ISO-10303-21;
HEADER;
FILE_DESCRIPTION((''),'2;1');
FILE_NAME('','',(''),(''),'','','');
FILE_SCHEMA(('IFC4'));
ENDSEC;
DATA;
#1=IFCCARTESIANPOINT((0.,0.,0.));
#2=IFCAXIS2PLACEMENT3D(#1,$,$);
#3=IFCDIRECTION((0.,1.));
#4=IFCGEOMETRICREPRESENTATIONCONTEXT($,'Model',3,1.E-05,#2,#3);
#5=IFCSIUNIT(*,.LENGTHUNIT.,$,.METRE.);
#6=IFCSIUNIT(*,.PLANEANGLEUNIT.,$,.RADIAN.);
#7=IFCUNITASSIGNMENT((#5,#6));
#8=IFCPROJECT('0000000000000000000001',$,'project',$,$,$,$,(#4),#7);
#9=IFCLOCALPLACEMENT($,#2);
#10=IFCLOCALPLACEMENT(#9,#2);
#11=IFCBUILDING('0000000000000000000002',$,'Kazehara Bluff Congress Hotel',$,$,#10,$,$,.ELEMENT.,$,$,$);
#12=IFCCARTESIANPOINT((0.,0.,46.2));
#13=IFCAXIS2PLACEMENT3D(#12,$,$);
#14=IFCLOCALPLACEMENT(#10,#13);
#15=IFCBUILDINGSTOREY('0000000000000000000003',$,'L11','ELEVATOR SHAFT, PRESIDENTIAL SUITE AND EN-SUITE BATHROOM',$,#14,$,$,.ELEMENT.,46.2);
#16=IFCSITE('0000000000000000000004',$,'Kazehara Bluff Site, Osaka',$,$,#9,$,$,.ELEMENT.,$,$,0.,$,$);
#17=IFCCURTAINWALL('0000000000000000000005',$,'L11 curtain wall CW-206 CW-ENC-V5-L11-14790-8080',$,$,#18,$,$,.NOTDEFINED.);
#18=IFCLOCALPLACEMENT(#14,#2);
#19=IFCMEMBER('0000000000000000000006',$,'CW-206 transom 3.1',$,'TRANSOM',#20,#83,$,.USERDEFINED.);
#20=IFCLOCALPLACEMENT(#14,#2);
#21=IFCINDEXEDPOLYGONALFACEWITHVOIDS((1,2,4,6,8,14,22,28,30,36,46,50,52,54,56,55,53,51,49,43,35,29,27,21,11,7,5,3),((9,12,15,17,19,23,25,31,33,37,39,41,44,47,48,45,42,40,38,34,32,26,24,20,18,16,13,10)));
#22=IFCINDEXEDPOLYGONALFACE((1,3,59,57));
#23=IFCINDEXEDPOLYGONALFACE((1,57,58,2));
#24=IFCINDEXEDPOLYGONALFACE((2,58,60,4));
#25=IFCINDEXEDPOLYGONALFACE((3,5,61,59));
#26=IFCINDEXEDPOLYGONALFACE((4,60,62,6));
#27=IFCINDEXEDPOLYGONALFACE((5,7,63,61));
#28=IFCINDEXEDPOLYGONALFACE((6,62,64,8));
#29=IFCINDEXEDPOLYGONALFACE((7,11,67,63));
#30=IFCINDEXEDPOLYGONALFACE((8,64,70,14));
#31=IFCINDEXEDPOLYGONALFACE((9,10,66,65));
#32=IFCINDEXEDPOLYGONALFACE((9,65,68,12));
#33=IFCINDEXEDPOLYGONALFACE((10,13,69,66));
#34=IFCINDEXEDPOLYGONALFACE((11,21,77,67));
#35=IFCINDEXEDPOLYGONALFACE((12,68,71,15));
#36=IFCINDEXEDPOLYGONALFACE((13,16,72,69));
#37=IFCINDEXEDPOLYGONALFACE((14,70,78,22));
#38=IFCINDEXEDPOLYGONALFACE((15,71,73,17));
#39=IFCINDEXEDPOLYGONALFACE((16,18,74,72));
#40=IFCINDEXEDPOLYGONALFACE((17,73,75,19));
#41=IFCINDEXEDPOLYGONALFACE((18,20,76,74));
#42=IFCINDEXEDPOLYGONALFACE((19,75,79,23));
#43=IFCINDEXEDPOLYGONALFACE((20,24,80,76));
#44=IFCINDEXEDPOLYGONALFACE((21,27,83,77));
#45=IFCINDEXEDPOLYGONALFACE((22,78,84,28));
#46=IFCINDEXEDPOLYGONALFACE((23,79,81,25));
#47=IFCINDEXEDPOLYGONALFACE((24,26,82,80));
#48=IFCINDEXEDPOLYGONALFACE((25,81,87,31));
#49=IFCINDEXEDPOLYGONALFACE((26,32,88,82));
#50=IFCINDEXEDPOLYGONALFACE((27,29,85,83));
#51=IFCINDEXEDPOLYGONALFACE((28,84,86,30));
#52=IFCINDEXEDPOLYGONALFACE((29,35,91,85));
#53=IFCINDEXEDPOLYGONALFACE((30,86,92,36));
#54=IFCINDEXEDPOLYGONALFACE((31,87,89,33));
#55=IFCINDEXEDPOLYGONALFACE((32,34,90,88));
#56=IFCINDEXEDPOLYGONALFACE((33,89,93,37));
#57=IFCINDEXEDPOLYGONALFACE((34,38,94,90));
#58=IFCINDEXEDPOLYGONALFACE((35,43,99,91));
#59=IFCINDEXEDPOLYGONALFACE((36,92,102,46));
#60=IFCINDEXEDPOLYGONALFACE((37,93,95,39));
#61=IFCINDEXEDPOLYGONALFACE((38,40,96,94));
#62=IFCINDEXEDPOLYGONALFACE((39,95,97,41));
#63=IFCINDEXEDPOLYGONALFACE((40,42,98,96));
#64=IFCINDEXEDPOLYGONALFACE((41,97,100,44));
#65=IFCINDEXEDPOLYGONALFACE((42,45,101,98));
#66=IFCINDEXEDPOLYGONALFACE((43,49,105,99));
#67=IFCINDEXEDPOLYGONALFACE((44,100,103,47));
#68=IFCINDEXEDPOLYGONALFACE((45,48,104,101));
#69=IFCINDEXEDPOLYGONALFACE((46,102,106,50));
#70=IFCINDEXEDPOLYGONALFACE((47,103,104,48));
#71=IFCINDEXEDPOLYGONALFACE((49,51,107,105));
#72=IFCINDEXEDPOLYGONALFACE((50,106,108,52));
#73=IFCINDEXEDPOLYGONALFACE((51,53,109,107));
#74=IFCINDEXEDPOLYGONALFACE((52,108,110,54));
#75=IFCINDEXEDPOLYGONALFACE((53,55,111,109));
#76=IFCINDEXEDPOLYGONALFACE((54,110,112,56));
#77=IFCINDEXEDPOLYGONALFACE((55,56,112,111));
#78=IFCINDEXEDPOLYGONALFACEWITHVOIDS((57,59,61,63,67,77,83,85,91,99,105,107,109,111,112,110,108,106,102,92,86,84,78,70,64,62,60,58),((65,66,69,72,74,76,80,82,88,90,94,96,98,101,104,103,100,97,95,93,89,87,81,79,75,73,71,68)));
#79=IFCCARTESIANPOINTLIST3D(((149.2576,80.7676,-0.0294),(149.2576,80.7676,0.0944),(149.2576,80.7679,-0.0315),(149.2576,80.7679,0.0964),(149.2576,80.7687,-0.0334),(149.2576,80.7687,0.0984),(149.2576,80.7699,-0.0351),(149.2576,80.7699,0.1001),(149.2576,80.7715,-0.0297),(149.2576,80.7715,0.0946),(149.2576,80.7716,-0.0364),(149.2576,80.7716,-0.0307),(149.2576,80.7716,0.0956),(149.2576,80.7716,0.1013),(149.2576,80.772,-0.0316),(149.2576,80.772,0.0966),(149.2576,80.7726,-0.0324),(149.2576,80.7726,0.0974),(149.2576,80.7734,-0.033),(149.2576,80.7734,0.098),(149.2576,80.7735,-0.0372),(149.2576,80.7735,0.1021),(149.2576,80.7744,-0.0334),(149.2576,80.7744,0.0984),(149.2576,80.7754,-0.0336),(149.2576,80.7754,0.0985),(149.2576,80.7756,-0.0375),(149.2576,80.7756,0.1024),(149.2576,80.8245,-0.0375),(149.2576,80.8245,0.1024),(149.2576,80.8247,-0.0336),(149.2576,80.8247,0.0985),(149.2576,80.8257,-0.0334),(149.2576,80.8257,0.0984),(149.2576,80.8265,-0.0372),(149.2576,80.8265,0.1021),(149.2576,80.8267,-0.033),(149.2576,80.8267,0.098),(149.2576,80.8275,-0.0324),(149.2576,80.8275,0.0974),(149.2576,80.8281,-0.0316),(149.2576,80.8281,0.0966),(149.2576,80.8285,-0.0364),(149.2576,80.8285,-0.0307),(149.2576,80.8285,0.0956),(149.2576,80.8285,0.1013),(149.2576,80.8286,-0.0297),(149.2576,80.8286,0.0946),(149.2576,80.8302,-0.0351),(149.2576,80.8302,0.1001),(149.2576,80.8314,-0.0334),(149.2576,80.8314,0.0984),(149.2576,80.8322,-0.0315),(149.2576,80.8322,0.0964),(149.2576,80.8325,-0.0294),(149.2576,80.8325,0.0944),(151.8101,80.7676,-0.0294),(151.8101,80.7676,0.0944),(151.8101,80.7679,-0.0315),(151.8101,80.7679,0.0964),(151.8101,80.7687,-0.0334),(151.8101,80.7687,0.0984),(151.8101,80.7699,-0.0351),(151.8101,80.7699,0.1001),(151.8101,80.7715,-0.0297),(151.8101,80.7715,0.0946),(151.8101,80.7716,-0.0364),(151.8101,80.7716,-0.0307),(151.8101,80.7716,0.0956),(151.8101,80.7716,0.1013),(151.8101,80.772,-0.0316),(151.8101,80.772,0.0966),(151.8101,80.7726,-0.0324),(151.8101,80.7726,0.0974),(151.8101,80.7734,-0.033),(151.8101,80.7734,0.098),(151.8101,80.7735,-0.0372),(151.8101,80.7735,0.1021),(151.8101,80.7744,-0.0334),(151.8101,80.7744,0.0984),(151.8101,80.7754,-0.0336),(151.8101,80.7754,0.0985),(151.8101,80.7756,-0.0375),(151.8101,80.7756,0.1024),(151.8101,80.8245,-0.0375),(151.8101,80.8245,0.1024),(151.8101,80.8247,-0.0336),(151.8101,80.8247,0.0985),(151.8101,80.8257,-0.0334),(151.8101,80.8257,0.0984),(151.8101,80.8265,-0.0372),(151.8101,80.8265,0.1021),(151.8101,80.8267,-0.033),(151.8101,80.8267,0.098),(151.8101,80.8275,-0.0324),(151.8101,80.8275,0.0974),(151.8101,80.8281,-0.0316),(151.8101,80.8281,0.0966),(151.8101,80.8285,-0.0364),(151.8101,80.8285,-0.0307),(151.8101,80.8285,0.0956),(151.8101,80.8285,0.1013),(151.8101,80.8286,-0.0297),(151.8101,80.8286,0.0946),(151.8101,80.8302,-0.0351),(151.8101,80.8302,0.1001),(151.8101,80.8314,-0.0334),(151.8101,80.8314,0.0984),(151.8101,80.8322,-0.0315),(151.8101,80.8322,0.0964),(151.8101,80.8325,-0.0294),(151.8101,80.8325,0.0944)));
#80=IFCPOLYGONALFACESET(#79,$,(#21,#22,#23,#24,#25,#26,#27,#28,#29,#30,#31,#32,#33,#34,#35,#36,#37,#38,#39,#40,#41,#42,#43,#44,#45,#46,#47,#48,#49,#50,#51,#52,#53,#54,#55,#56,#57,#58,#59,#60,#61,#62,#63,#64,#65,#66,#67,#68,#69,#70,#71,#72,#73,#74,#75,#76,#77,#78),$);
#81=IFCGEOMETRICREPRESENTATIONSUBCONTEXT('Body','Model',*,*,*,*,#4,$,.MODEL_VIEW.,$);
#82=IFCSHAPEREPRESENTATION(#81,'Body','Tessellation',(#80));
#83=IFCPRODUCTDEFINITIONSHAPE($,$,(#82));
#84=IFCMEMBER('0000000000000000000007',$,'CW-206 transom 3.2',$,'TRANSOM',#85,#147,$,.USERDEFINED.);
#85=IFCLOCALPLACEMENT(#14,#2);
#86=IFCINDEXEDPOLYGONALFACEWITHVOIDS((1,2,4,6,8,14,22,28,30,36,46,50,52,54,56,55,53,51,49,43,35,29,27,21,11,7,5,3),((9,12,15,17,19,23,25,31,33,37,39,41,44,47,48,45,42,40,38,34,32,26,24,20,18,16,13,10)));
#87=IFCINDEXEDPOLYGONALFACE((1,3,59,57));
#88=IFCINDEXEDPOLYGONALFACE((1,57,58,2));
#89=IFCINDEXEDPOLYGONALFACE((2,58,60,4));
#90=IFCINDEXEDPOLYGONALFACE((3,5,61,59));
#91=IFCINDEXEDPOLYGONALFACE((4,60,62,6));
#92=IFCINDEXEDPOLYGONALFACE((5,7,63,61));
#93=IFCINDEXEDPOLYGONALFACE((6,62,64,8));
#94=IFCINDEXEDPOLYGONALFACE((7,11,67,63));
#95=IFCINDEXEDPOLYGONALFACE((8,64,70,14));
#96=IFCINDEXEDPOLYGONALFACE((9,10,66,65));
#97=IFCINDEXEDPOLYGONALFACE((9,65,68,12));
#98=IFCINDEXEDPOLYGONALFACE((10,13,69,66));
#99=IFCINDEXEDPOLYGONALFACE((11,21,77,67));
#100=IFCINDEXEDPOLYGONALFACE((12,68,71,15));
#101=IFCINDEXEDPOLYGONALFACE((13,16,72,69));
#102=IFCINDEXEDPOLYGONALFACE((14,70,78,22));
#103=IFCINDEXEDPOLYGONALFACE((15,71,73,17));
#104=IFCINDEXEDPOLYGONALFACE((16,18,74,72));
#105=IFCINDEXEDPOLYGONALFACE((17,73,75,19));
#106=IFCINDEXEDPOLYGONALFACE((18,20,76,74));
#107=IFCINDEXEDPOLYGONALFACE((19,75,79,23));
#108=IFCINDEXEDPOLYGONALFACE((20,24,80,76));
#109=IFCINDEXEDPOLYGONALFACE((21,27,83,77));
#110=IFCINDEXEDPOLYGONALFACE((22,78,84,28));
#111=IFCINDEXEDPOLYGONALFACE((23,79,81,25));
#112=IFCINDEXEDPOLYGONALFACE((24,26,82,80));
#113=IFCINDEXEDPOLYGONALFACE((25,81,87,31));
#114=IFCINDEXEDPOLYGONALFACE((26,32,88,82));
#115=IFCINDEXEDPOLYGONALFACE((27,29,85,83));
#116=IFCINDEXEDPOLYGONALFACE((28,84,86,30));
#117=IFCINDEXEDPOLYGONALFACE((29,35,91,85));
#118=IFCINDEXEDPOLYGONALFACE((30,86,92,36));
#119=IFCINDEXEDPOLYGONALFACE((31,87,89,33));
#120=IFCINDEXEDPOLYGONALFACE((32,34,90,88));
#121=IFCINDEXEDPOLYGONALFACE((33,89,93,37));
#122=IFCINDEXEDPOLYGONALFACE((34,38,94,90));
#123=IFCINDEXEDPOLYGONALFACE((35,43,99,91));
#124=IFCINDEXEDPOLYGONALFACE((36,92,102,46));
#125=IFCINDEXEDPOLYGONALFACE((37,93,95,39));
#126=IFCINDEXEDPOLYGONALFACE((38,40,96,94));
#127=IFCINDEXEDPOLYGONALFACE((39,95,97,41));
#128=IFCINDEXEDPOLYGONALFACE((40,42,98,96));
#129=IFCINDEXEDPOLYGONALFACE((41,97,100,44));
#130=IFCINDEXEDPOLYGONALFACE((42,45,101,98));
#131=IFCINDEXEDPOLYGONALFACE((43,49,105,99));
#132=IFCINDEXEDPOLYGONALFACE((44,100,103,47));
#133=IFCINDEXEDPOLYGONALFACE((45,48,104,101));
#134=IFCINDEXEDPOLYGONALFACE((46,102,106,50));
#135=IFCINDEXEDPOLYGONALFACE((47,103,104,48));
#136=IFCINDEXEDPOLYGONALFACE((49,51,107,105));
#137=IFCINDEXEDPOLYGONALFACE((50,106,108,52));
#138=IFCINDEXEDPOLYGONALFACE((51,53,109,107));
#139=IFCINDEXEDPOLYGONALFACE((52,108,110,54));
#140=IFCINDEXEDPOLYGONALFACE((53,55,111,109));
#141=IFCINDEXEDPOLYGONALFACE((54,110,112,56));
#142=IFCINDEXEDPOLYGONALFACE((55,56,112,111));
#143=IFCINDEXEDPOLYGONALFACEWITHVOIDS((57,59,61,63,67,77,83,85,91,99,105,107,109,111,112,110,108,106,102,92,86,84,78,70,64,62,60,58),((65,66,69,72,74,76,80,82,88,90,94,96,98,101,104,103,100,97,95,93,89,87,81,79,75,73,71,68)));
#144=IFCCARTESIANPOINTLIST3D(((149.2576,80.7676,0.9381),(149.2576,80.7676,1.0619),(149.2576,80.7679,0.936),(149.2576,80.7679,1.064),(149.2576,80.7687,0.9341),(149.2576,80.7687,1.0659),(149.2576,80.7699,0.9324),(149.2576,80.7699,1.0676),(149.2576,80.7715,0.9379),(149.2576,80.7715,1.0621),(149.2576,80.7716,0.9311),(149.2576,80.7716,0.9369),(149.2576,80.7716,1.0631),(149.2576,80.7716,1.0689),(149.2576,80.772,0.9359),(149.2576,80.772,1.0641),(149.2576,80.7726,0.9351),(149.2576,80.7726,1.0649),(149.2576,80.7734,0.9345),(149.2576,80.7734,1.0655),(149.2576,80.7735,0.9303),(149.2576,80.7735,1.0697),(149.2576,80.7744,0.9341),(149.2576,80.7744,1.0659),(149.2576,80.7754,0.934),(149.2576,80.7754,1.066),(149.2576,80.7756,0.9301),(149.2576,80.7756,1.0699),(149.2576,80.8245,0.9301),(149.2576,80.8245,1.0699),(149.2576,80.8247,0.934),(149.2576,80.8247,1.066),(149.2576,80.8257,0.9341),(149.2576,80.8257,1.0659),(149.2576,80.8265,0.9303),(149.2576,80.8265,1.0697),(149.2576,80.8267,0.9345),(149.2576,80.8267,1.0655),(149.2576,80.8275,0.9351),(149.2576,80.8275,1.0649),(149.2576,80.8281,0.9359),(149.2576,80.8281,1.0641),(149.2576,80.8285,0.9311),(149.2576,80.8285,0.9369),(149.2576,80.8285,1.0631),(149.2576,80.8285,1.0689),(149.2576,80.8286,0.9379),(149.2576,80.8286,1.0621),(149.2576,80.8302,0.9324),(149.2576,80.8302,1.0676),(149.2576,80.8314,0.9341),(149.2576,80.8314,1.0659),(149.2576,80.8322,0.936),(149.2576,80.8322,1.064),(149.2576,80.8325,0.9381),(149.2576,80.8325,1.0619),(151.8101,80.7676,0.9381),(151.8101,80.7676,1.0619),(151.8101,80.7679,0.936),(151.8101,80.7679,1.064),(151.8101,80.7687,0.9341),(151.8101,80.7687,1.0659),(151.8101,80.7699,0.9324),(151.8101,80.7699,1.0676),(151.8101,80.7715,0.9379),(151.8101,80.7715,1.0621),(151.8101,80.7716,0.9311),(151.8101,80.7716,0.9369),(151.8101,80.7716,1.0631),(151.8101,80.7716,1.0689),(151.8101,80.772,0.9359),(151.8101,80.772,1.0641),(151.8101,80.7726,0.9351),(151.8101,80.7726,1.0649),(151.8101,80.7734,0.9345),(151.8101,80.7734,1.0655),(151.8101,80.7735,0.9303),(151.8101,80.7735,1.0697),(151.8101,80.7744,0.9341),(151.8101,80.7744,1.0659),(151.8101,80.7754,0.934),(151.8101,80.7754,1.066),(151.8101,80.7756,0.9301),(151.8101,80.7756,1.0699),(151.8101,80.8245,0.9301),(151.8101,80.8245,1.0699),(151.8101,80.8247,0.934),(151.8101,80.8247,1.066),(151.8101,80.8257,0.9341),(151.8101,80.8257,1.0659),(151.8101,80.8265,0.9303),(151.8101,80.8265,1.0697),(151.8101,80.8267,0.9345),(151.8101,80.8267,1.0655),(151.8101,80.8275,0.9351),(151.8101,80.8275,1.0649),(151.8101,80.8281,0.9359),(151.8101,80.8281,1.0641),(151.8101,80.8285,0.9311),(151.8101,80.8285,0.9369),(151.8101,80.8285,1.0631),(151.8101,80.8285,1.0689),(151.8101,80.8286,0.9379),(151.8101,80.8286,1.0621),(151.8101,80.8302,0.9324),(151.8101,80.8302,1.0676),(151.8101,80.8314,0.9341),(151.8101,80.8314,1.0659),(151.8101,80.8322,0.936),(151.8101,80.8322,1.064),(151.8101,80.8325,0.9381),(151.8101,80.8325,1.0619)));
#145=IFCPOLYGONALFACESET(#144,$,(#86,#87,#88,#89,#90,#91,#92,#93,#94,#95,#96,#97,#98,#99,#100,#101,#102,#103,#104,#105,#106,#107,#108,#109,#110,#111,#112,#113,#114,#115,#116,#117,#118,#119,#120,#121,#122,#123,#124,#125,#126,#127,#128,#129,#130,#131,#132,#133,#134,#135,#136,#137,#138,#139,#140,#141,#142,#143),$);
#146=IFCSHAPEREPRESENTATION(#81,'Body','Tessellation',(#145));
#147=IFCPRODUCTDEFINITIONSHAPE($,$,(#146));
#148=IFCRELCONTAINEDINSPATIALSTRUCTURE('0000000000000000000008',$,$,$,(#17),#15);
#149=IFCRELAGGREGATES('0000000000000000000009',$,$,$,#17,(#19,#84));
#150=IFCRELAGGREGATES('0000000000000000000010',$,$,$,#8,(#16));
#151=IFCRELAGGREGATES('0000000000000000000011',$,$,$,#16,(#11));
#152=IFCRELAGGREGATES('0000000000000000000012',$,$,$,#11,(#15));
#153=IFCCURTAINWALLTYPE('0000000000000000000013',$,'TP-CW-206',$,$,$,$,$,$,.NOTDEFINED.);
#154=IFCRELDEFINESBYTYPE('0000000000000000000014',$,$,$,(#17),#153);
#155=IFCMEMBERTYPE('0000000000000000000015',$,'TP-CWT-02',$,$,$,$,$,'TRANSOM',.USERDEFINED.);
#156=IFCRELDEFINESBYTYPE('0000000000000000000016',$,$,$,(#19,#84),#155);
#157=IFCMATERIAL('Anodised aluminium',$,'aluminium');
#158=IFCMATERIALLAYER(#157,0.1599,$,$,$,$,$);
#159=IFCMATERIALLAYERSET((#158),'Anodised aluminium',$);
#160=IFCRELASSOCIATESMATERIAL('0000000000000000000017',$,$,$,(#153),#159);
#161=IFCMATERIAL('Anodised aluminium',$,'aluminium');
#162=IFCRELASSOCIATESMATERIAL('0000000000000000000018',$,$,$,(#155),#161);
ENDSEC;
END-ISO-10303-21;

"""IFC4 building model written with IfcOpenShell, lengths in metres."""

from ifc_helpers import new_model, si_unit, direction, frame, origin, origin_2d, place, context, subcontext, project, spatial, hollow_rectangle, extrude, material, layer, layer_set, material_profile, profile_set, type_object, element, aggregate, save


model = new_model("IFC4")

# Units and contexts
model_context = context("Model", 3, precision=1e-05, world=origin(), true_north=direction((0.0, 1.0)))
body_context = subcontext(model_context, "Body", "Model", "MODEL_VIEW")
ifc_project = project(units=[si_unit("LENGTHUNIT", "METRE"), si_unit("PLANEANGLEUNIT", "RADIAN")], contexts=[model_context])

# Site, building, storey
site_placement = place(None, origin())
site = spatial("IfcSite", under=ifc_project, at=site_placement, Name="Kazehara Bluff Site, Osaka", CompositionType="ELEMENT", RefElevation=0.0)
building_placement = place(site_placement, origin())
building = spatial("IfcBuilding", under=site, at=building_placement, Name="Kazehara Bluff Congress Hotel", CompositionType="ELEMENT")
storey_placement = place(building_placement, frame((0.0, 0.0, 46.2)))
storey = spatial("IfcBuildingStorey", under=building, at=storey_placement, Name="L11", Description="ELEVATOR SHAFT, PRESIDENTIAL SUITE AND EN-SUITE BATHROOM", CompositionType="ELEMENT", Elevation=46.2)

# Curtain wall, members
ifc_material_1 = material(Name="Anodised aluminium", Category="aluminium")
ifc_layer_1 = layer(ifc_material_1, 0.1599)
ifc_layer_set_1 = layer_set([ifc_layer_1], Name="Anodised aluminium")
curtain_wall_type = type_object("IfcCurtainWallType", Name="TP-CW-206", PredefinedType="NOTDEFINED", material=ifc_layer_set_1)
curtain_wall_placement = place(storey_placement, origin())
curtain_wall = element("IfcCurtainWall", 1, at=curtain_wall_placement, inside=storey, type_object=curtain_wall_type, Name="L11 curtain wall CW-206 CW-ENC-V5-L11-14790-8080", PredefinedType="NOTDEFINED")
ifc_material_2 = material(Name="Anodised aluminium", Category="aluminium")
ifc_material_profile_1 = material_profile(ifc_material_2, hollow_rectangle(XDim=0.0649, YDim=0.1399, WallThickness=0.0039, InnerFilletRadius=0.0039, OuterFilletRadius=0.0081, at=origin_2d()))
ifc_profile_set_1 = profile_set([ifc_material_profile_1], Name="Anodised aluminium")
member_type_1 = type_object("IfcMemberType", Name="TP-CWT-02", ElementType="TRANSOM", PredefinedType="USERDEFINED", material=ifc_profile_set_1)
member_1_placement = place(storey_placement, frame((149.2576, 80.8, 0.0325), z_axis=(1.0, 0.0, 0.0), x_axis=(0.0, 1.0, 0.0)))
member_1 = element("IfcMember", 2, at=member_1_placement, type_object=member_type_1, Name="CW-206 transom 3.1", ObjectType="TRANSOM", PredefinedType="USERDEFINED", context=body_context, shape_type="SweptSolid", body=[
    extrude(hollow_rectangle(XDim=0.0649, YDim=0.1399, WallThickness=0.0039, InnerFilletRadius=0.0039, OuterFilletRadius=0.0081, at=origin_2d()), origin(), (0.0, 0.0, 1.0), 2.5525),
])
member_2_placement = place(storey_placement, frame((149.2576, 80.8, 1.0), z_axis=(1.0, 0.0, 0.0), x_axis=(0.0, 1.0, 0.0)))
member_2 = element("IfcMember", 3, at=member_2_placement, type_object=member_type_1, Name="CW-206 transom 3.2", ObjectType="TRANSOM", PredefinedType="USERDEFINED", context=body_context, shape_type="SweptSolid", body=[
    extrude(hollow_rectangle(XDim=0.0649, YDim=0.1399, WallThickness=0.0039, InnerFilletRadius=0.0039, OuterFilletRadius=0.0081, at=origin_2d()), origin(), (0.0, 0.0, 1.0), 2.5525),
])

aggregate(curtain_wall, [member_1, member_2])

save(model, "model.ifc")
